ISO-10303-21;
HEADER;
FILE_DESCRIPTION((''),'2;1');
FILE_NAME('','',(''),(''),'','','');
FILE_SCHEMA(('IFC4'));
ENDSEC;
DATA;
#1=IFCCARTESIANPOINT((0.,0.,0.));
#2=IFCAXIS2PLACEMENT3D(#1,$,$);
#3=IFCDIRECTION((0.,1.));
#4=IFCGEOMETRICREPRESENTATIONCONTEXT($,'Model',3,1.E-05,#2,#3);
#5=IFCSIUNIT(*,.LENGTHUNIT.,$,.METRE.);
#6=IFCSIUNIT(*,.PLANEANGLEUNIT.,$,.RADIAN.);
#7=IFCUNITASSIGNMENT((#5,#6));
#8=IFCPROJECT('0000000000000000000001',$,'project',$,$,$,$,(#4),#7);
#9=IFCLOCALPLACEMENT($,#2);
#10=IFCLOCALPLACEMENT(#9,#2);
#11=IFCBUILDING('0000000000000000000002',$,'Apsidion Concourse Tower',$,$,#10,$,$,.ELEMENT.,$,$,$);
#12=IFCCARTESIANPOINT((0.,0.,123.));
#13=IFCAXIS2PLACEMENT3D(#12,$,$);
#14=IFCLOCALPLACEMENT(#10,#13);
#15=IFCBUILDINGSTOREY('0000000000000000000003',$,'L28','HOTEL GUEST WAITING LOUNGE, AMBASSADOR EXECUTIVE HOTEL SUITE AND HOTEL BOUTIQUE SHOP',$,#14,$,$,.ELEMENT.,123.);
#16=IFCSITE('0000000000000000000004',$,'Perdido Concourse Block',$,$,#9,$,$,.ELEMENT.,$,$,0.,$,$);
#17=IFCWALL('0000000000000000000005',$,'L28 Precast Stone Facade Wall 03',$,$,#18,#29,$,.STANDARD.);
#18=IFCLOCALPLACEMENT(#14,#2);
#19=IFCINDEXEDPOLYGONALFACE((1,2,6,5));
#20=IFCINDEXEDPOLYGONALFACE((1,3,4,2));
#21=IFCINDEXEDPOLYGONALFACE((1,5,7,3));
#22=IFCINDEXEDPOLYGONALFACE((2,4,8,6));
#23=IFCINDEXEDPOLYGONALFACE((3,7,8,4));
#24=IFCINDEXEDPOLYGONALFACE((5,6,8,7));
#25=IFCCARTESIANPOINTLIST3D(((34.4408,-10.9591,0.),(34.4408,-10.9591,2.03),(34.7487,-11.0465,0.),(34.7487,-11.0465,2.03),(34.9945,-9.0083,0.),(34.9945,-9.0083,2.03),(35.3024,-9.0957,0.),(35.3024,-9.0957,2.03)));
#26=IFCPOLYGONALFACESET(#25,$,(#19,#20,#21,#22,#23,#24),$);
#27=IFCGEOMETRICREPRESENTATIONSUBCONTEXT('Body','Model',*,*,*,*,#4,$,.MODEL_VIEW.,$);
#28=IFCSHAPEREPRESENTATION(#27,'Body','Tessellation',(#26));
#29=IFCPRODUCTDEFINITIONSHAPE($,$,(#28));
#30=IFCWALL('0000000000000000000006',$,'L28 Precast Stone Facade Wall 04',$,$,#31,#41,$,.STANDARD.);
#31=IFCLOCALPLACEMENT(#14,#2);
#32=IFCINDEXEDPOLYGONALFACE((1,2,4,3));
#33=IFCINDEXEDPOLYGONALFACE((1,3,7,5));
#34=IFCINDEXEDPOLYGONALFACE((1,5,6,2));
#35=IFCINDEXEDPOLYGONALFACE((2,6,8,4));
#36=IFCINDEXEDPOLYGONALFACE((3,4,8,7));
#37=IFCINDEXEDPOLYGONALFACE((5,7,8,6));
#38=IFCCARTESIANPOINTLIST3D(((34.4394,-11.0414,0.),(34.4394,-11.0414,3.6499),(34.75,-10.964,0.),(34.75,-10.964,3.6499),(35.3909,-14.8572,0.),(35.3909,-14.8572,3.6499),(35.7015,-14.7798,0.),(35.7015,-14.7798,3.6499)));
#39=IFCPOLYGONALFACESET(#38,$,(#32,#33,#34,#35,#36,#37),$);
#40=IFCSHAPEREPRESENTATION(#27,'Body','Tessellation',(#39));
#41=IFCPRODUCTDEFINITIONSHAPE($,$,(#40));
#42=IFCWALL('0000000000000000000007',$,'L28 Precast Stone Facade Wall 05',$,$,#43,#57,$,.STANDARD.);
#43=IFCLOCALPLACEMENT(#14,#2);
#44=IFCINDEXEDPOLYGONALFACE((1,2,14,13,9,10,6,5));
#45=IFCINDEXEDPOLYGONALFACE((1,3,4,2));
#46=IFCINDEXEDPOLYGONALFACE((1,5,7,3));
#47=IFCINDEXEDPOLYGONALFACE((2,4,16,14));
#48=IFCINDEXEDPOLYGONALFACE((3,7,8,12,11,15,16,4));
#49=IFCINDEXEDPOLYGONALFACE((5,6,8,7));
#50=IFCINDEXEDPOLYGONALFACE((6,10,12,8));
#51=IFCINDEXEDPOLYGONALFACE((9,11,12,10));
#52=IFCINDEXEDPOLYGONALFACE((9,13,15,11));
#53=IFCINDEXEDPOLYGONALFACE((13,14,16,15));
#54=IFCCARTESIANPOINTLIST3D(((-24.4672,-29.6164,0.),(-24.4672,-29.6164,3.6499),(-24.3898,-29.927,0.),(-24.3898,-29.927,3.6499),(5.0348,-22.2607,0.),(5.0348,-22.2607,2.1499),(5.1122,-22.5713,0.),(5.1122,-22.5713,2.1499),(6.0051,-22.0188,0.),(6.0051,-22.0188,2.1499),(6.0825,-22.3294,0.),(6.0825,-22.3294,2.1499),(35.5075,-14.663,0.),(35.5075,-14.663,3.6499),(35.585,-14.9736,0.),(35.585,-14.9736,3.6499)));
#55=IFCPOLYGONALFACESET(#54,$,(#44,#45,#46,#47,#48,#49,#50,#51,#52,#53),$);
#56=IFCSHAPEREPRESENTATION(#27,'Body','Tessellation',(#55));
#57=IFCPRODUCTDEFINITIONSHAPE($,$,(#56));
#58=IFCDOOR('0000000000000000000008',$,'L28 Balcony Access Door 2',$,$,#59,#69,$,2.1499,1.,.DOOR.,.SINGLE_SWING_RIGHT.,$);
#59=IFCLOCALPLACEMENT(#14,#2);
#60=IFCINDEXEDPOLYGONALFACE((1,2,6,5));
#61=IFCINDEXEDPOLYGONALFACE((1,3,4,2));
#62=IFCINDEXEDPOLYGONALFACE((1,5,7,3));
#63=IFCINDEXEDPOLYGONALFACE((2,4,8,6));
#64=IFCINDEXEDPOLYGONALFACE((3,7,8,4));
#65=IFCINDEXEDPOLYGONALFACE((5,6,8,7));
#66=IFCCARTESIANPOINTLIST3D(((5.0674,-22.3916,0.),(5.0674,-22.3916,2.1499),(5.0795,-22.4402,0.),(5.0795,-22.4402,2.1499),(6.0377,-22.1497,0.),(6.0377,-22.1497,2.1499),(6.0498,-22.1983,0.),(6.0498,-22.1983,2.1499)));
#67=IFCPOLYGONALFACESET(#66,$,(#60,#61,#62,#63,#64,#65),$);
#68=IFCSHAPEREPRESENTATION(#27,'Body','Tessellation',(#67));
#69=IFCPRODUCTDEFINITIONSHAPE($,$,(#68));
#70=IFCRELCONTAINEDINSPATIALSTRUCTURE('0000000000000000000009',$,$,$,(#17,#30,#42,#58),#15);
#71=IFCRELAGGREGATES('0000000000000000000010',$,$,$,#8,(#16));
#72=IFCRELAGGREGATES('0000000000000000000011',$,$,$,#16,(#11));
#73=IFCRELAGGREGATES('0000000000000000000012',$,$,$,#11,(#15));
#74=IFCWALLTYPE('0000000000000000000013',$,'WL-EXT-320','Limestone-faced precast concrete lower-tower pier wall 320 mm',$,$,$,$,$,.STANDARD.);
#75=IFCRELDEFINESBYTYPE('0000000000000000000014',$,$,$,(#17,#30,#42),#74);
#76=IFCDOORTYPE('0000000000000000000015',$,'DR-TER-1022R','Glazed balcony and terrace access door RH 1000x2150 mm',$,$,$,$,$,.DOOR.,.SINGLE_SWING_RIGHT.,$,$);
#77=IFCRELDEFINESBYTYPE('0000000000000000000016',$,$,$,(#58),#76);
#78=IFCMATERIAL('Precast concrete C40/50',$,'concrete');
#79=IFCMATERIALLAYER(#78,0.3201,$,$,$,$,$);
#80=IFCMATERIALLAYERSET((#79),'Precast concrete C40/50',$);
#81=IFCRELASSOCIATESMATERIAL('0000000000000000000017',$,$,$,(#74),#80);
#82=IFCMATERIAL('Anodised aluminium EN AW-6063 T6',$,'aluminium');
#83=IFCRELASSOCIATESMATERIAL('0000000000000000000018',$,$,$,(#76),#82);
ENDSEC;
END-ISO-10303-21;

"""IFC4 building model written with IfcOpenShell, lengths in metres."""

from ifc_helpers import new_model, si_unit, direction, frame, frame_2d, origin, place, context, subcontext, project, spatial, rectangle, extrude, material, layer, layer_set, type_object, element, fill, save


model = new_model("IFC4")

# Units and contexts
model_context = context("Model", 3, precision=1e-05, world=origin(), true_north=direction((0.0, 1.0)))
body_context = subcontext(model_context, "Body", "Model", "MODEL_VIEW")
ifc_project = project(units=[si_unit("LENGTHUNIT", "METRE"), si_unit("PLANEANGLEUNIT", "RADIAN")], contexts=[model_context])

# Site, building, storey
site_placement = place(None, origin())
site = spatial("IfcSite", under=ifc_project, at=site_placement, Name="Perdido Concourse Block", CompositionType="ELEMENT", RefElevation=0.0)
building_placement = place(site_placement, origin())
building = spatial("IfcBuilding", under=site, at=building_placement, Name="Apsidion Concourse Tower", CompositionType="ELEMENT")
storey_placement = place(building_placement, frame((0.0, 0.0, 123.0)))
storey = spatial("IfcBuildingStorey", under=building, at=storey_placement, Name="L28", Description="HOTEL GUEST WAITING LOUNGE, AMBASSADOR EXECUTIVE HOTEL SUITE AND HOTEL BOUTIQUE SHOP", CompositionType="ELEMENT", Elevation=123.0)

# Walls
ifc_material_1 = material(Name="Precast concrete C40/50", Category="concrete")
ifc_layer_1 = layer(ifc_material_1, 0.3201)
ifc_layer_set_1 = layer_set([ifc_layer_1], Name="Precast concrete C40/50")
wall_type = type_object("IfcWallType", Name="WL-EXT-320", Description="Limestone-faced precast concrete lower-tower pier wall 320 mm", PredefinedType="STANDARD", material=ifc_layer_set_1)
wall_1_placement = place(storey_placement, frame((35.1484, -9.052, 0.0), z_axis=(0.0, 0.0, 1.0), x_axis=(-0.273067, -0.961995, 0.0)))
element("IfcWall", 1, at=wall_1_placement, inside=storey, type_object=wall_type, Name="L28 Precast Stone Facade Wall 03", PredefinedType="STANDARD", context=body_context, shape_type="SweptSolid", body=[
    extrude(rectangle(XDim=2.0278, YDim=0.3201, at=frame_2d((1.0139, 0.0))), origin(), (0.0, 0.0, 1.0), 2.03),
])
wall_2_placement = place(storey_placement, frame((34.5947, -11.0027, 0.0), z_axis=(0.0, 0.0, 1.0), x_axis=(0.241937, -0.970292, 0.0)))
element("IfcWall", 2, at=wall_2_placement, inside=storey, type_object=wall_type, Name="L28 Precast Stone Facade Wall 04", PredefinedType="STANDARD", context=body_context, shape_type="SweptSolid", body=[
    extrude(rectangle(XDim=3.9326, YDim=0.3201, at=frame_2d((1.9663, 0.0))), origin(), (0.0, 0.0, 1.0), 3.6499),
])

# Wall, opening, door
wall_3_placement = place(storey_placement, frame((35.5461, -14.8184, 0.0), z_axis=(0.0, 0.0, 1.0), x_axis=(-0.970296, -0.241921, 0.0)))
wall_3 = element("IfcWall", 3, at=wall_3_placement, inside=storey, type_object=wall_type, Name="L28 Precast Stone Facade Wall 05", PredefinedType="STANDARD", context=body_context, shape_type="SweptSolid", body=[
    extrude(rectangle(XDim=61.8108, YDim=0.3201, at=frame_2d((30.9053, 0.0))), origin(), (0.0, 0.0, 1.0), 3.6499),
])
opening_placement = place(wall_3_placement, frame((30.4055, 0.0, 0.0)))
opening = element("IfcOpeningElement", 4, at=opening_placement, cuts=wall_3, PredefinedType="OPENING", context=body_context, shape_type="SweptSolid", body=[
    extrude(rectangle(XDim=1.0, YDim=2.1499, at=frame_2d((0.5, 1.075))), frame((0.0, 0.1699, 0.0), z_axis=(0.0, -1.0, 0.0), x_axis=(1.0, 0.0, 0.0)), (0.0, 0.0, 1.0), 0.3401),
])
ifc_material_2 = material(Name="Anodised aluminium EN AW-6063 T6", Category="aluminium")
door_type = type_object("IfcDoorType", Name="DR-TER-1022R", Description="Glazed balcony and terrace access door RH 1000x2150 mm", OperationType="SINGLE_SWING_RIGHT", PredefinedType="DOOR", material=ifc_material_2)
door_placement = place(opening_placement, origin())
door = element("IfcDoor", 5, at=door_placement, inside=storey, type_object=door_type, Name="L28 Balcony Access Door 2", OperationType="SINGLE_SWING_RIGHT", OverallHeight=2.1499, OverallWidth=1.0, PredefinedType="DOOR", context=body_context, shape_type="SweptSolid", body=[
    extrude(rectangle(XDim=1.0, YDim=2.1499, at=frame_2d((0.5, 1.075))), frame((0.0, 0.0249, 0.0), z_axis=(0.0, -1.0, 0.0), x_axis=(1.0, 0.0, 0.0)), (0.0, 0.0, 1.0), 0.05),
])
fill(opening, door)

save(model, "model.ifc")
